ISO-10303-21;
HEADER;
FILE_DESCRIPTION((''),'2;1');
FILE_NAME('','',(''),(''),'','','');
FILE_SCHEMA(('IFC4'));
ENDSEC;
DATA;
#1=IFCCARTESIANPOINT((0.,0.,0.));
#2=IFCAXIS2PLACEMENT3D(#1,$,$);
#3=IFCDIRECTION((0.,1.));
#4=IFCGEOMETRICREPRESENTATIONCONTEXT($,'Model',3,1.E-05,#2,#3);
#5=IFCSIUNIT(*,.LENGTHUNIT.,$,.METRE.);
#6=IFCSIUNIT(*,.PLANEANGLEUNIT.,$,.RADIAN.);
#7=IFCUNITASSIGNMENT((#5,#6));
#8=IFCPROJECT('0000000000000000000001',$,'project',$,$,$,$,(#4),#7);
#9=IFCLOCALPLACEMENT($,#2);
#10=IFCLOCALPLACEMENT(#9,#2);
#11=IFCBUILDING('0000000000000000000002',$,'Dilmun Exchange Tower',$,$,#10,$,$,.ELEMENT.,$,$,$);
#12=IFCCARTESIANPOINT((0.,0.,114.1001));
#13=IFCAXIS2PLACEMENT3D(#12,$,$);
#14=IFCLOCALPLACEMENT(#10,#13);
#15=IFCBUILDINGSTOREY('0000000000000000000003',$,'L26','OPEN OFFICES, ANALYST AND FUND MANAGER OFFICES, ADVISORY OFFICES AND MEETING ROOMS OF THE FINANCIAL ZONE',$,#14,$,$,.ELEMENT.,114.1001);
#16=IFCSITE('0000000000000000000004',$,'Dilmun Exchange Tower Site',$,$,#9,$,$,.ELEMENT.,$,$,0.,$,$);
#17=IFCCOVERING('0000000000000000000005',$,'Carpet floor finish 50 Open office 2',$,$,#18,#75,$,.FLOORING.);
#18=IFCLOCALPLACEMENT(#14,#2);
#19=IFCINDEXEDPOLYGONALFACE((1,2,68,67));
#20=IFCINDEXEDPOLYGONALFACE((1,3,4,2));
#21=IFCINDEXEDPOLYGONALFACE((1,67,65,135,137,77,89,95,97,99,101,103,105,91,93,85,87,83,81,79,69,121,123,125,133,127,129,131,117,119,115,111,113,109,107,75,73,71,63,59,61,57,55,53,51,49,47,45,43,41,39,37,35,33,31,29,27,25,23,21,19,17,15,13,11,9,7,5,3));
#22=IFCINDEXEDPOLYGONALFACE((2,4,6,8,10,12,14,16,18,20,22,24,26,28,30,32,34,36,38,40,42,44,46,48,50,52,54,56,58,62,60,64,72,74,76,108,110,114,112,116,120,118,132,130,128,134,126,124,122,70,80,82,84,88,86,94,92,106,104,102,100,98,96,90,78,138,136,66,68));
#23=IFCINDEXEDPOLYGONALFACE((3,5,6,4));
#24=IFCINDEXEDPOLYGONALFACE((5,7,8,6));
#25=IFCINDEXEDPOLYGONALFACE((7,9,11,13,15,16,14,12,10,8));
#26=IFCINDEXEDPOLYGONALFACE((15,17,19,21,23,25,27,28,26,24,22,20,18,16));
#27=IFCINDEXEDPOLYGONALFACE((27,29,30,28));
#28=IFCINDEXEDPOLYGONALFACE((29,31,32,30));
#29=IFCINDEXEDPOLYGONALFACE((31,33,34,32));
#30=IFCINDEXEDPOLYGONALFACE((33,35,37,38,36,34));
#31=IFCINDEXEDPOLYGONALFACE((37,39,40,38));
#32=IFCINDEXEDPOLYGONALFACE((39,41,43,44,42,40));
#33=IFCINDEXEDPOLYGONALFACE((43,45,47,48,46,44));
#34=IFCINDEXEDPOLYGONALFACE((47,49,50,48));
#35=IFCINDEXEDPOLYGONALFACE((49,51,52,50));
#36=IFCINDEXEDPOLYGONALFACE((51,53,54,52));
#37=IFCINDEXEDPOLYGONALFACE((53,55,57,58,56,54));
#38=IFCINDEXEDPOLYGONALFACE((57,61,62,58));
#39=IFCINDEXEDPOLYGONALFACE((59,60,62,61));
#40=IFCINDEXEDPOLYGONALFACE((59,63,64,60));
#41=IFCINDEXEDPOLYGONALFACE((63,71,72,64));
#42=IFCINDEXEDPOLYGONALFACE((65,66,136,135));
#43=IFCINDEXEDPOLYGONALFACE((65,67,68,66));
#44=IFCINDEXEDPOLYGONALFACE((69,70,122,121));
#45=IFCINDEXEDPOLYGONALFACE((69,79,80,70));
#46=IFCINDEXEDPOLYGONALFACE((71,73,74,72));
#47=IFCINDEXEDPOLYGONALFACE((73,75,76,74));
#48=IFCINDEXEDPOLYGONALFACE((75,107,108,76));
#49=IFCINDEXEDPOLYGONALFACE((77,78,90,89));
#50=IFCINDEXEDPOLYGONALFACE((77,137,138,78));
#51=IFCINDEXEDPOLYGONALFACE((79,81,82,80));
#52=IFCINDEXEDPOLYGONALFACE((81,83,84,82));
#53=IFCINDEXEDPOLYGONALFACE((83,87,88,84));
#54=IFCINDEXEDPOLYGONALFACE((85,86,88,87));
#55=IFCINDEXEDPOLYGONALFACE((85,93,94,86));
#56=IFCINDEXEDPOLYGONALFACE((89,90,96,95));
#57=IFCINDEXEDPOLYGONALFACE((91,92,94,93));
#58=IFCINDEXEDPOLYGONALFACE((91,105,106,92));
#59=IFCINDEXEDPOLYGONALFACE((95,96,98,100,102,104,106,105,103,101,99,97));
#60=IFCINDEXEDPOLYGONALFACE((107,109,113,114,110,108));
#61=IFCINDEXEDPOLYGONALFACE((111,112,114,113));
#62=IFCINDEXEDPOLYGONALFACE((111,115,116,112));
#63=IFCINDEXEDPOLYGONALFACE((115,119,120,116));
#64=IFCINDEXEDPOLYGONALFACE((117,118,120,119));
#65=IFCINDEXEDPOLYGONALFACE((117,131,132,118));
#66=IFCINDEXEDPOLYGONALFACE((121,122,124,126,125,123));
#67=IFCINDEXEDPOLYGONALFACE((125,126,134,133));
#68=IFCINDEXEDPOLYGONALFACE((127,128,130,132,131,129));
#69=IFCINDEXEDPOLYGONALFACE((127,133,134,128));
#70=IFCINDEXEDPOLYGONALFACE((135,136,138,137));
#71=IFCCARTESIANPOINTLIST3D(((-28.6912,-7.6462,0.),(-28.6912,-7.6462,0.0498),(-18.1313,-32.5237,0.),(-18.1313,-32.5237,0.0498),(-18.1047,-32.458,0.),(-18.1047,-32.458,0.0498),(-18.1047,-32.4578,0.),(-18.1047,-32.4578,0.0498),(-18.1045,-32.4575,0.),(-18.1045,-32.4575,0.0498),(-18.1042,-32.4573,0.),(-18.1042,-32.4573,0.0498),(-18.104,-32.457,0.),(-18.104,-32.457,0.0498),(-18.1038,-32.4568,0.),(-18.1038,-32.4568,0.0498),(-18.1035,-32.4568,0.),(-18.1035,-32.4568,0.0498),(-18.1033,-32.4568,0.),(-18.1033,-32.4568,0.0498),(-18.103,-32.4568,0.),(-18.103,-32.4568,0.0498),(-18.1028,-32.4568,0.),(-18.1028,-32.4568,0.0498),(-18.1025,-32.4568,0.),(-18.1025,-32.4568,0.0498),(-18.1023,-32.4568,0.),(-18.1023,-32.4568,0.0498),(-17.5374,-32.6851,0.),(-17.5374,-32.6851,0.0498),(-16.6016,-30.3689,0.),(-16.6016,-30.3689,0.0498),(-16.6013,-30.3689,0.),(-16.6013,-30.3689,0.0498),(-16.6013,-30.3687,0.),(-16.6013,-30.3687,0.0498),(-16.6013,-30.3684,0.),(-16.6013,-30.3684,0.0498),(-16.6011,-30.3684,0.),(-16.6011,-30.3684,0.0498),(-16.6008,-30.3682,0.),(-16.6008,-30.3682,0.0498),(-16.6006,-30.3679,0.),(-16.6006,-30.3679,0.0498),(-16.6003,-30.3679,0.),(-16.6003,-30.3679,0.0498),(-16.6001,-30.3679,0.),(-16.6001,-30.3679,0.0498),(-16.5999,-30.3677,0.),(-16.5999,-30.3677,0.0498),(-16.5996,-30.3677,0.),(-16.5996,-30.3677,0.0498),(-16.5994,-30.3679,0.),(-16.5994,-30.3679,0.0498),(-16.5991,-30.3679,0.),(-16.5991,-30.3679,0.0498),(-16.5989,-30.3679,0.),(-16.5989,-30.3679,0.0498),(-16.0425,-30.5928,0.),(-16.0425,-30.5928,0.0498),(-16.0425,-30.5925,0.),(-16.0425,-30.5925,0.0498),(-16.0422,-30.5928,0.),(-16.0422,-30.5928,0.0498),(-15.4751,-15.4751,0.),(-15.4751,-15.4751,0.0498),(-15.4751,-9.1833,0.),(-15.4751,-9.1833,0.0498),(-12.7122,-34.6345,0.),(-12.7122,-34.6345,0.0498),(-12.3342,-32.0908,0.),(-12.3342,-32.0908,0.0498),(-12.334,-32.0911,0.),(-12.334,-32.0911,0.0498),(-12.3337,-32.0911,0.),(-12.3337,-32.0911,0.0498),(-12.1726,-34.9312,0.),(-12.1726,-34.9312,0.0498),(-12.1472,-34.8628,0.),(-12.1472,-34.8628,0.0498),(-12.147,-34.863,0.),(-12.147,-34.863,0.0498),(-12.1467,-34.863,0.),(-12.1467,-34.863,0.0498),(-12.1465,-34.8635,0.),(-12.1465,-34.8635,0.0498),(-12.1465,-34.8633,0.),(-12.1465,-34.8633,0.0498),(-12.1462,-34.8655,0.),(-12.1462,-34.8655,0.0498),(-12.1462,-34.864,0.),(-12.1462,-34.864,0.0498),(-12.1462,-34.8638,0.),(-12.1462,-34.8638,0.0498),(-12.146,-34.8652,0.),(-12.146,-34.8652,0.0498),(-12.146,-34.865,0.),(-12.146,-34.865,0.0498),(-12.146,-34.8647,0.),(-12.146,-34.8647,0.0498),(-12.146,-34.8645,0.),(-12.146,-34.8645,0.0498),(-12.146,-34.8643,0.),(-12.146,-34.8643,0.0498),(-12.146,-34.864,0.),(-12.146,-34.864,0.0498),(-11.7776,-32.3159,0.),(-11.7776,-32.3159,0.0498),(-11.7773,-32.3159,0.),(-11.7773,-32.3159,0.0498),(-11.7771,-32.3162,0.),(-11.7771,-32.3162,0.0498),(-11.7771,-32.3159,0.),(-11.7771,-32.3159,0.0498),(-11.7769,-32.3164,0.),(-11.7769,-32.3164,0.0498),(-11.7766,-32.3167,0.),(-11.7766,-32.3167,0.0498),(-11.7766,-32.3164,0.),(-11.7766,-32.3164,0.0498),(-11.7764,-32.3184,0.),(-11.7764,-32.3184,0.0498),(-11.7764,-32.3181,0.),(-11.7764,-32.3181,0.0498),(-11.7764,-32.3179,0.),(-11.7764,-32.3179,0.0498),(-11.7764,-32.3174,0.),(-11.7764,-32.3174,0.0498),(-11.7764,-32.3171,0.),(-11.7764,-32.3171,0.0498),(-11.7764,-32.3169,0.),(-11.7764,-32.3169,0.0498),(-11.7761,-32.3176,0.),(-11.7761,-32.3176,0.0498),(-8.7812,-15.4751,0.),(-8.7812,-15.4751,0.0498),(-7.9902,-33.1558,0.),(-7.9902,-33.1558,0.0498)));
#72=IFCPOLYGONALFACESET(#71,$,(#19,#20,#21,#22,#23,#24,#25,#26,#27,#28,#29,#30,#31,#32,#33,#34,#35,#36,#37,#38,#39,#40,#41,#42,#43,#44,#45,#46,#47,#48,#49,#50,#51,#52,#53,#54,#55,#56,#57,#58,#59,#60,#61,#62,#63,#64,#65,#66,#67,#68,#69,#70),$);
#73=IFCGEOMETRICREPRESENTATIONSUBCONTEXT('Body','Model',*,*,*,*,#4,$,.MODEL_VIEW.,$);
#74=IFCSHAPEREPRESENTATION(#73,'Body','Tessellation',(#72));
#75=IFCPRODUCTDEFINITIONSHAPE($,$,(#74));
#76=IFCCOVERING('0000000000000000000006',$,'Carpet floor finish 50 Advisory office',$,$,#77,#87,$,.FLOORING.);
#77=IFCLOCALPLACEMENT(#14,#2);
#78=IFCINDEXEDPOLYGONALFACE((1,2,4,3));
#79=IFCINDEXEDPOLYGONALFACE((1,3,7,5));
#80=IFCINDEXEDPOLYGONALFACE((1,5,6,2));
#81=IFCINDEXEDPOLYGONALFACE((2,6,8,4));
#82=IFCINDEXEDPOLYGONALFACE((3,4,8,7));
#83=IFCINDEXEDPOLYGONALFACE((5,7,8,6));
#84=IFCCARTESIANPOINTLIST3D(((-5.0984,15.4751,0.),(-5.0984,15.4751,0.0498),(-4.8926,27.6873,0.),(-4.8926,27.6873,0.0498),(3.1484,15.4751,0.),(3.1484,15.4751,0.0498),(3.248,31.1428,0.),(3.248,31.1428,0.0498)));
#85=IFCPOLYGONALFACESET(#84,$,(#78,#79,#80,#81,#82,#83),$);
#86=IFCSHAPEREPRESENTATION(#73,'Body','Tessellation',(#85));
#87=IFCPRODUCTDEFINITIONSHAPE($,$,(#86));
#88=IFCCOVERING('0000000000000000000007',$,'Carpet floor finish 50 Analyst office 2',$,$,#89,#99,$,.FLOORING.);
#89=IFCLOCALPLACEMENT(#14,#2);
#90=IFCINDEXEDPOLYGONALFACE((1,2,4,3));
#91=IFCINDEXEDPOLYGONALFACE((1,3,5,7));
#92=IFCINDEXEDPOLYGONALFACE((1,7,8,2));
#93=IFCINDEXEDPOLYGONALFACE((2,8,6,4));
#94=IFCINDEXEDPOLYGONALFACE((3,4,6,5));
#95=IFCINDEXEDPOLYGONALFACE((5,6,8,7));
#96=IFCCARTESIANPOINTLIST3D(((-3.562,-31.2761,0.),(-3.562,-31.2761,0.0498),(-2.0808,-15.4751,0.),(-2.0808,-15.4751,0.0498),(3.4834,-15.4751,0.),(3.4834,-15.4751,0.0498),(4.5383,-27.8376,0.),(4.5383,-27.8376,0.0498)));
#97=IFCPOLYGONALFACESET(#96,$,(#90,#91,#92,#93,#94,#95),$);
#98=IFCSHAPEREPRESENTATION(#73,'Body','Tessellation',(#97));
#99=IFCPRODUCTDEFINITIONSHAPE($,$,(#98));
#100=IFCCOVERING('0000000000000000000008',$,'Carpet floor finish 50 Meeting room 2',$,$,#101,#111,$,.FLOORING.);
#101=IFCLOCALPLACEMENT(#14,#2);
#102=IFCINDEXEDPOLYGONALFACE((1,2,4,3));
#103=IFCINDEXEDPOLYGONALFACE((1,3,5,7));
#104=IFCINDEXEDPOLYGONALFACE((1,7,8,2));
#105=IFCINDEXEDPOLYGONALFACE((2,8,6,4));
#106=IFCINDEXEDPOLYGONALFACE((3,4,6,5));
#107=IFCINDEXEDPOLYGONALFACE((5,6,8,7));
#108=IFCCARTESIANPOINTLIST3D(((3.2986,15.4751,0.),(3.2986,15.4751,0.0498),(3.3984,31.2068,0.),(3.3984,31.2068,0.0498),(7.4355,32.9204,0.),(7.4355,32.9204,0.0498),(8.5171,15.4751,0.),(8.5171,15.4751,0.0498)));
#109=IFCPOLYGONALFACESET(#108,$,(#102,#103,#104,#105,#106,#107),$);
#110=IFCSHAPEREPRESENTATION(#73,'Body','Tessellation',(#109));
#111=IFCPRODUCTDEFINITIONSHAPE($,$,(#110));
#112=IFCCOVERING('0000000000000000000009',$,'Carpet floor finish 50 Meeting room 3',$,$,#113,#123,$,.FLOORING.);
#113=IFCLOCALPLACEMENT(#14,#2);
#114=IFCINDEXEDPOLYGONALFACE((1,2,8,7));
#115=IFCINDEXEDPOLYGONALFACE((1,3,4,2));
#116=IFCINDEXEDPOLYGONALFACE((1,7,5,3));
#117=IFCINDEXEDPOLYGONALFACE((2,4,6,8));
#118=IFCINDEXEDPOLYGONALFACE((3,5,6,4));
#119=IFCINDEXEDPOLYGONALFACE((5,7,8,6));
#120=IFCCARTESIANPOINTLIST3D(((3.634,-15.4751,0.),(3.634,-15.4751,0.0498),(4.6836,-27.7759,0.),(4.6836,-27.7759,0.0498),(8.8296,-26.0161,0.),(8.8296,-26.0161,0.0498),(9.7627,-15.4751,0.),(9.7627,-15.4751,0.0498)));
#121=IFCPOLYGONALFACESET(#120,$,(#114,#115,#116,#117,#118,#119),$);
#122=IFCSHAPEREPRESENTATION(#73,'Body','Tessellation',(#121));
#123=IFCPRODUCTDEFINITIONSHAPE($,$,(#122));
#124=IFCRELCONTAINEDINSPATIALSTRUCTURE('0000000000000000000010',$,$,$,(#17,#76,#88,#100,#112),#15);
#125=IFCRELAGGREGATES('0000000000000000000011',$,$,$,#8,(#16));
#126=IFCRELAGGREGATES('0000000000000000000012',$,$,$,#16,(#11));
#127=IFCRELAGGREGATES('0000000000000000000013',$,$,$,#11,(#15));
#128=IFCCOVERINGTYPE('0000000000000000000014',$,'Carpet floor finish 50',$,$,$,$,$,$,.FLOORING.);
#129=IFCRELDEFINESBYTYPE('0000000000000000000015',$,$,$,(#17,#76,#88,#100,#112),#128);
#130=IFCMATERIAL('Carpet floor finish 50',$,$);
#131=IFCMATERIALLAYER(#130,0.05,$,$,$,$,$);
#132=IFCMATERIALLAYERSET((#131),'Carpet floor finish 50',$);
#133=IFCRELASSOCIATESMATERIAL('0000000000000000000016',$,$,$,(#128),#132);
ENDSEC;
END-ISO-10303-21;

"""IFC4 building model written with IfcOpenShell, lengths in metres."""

from ifc_helpers import new_model, si_unit, direction, frame, origin, place, context, subcontext, project, spatial, polyline, outline, extrude, material, layer, layer_set, type_object, element, save


model = new_model("IFC4")

# Units and contexts
model_context = context("Model", 3, precision=1e-05, world=origin(), true_north=direction((0.0, 1.0)))
body_context = subcontext(model_context, "Body", "Model", "MODEL_VIEW")
ifc_project = project(units=[si_unit("LENGTHUNIT", "METRE"), si_unit("PLANEANGLEUNIT", "RADIAN")], contexts=[model_context])

# Site, building, storey
site_placement = place(None, origin())
site = spatial("IfcSite", under=ifc_project, at=site_placement, Name="Dilmun Exchange Tower Site", CompositionType="ELEMENT", RefElevation=0.0)
building_placement = place(site_placement, origin())
building = spatial("IfcBuilding", under=site, at=building_placement, Name="Dilmun Exchange Tower", CompositionType="ELEMENT")
storey_placement = place(building_placement, frame((0.0, 0.0, 114.1001)))
storey = spatial("IfcBuildingStorey", under=building, at=storey_placement, Name="L26", Description="OPEN OFFICES, ANALYST AND FUND MANAGER OFFICES, ADVISORY OFFICES AND MEETING ROOMS OF THE FINANCIAL ZONE", CompositionType="ELEMENT", Elevation=114.1001)

# Coverings
ifc_material_1 = material(Name="Carpet floor finish 50")
ifc_layer_1 = layer(ifc_material_1, 0.05)
ifc_layer_set_1 = layer_set([ifc_layer_1], Name="Carpet floor finish 50")
covering_type_1 = type_object("IfcCoveringType", Name="Carpet floor finish 50", PredefinedType="FLOORING", material=ifc_layer_set_1)
covering_1_placement = place(storey_placement, origin())
element("IfcCovering", 1, at=covering_1_placement, inside=storey, type_object=covering_type_1, Name="Carpet floor finish 50 Open office 2", PredefinedType="FLOORING", context=body_context, shape_type="SweptSolid", body=[
    extrude(outline(polyline([(-15.4751, -9.1833), (-15.4751, -15.4751), (-8.7812, -15.4751), (-7.9902, -33.1558), (-12.1726, -34.9312), (-12.1462, -34.8655), (-12.146, -34.8652), (-12.146, -34.865), (-12.146, -34.8647), (-12.146, -34.8645), (-12.146, -34.8645), (-12.146, -34.8643), (-12.146, -34.864), (-12.1462, -34.864), (-12.1462, -34.8638), (-12.1465, -34.8635), (-12.1465, -34.8633), (-12.1465, -34.8633), (-12.1467, -34.863), (-12.147, -34.863), (-12.1472, -34.8628), (-12.1472, -34.8628), (-12.7122, -34.6345), (-11.7764, -32.3184), (-11.7764, -32.3184), (-11.7764, -32.3181), (-11.7764, -32.3179), (-11.7761, -32.3176), (-11.7764, -32.3174), (-11.7764, -32.3174), (-11.7764, -32.3171), (-11.7764, -32.3169), (-11.7766, -32.3167), (-11.7766, -32.3167), (-11.7766, -32.3164), (-11.7769, -32.3164), (-11.7771, -32.3162), (-11.7771, -32.3159), (-11.7773, -32.3159), (-11.7776, -32.3159), (-12.3337, -32.0911), (-12.334, -32.0911), (-12.3342, -32.0908), (-12.3342, -32.0908), (-16.0422, -30.5928), (-16.0422, -30.5928), (-16.0425, -30.5928), (-16.0425, -30.5925), (-16.5989, -30.3679), (-16.5991, -30.3679), (-16.5994, -30.3679), (-16.5996, -30.3677), (-16.5996, -30.3677), (-16.5999, -30.3677), (-16.6001, -30.3679), (-16.6003, -30.3679), (-16.6003, -30.3679), (-16.6006, -30.3679), (-16.6008, -30.3682), (-16.6008, -30.3682), (-16.6011, -30.3684), (-16.6013, -30.3684), (-16.6013, -30.3687), (-16.6013, -30.3689), (-16.6016, -30.3689), (-17.5374, -32.6851), (-18.1023, -32.4568), (-18.1023, -32.4568), (-18.1025, -32.4568), (-18.1028, -32.4568), (-18.1028, -32.4568), (-18.103, -32.4568), (-18.1033, -32.4568), (-18.1035, -32.4568), (-18.1038, -32.4568), (-18.104, -32.457), (-18.104, -32.457), (-18.1042, -32.4573), (-18.1042, -32.4573), (-18.1045, -32.4575), (-18.1045, -32.4575), (-18.1047, -32.4578), (-18.1047, -32.458), (-18.1313, -32.5237), (-28.6912, -7.6462), (-15.4751, -9.1833)])), origin(), (0.0, 0.0, 1.0), 0.0498),
])
covering_2_placement = place(storey_placement, origin())
element("IfcCovering", 2, at=covering_2_placement, inside=storey, type_object=covering_type_1, Name="Carpet floor finish 50 Advisory office", PredefinedType="FLOORING", context=body_context, shape_type="SweptSolid", body=[
    extrude(outline(polyline([(3.1484, 15.4751), (-5.0984, 15.4751), (-4.8926, 27.6873), (3.248, 31.1428), (3.1484, 15.4751)])), origin(), (0.0, 0.0, 1.0), 0.0498),
])
covering_3_placement = place(storey_placement, origin())
element("IfcCovering", 3, at=covering_3_placement, inside=storey, type_object=covering_type_1, Name="Carpet floor finish 50 Analyst office 2", PredefinedType="FLOORING", context=body_context, shape_type="SweptSolid", body=[
    extrude(outline(polyline([(-2.0808, -15.4751), (3.4834, -15.4751), (4.5383, -27.8376), (-3.562, -31.2761), (-2.0808, -15.4751)])), origin(), (0.0, 0.0, 1.0), 0.0498),
])
covering_4_placement = place(storey_placement, origin())
element("IfcCovering", 4, at=covering_4_placement, inside=storey, type_object=covering_type_1, Name="Carpet floor finish 50 Meeting room 2", PredefinedType="FLOORING", context=body_context, shape_type="SweptSolid", body=[
    extrude(outline(polyline([(8.5171, 15.4751), (3.2986, 15.4751), (3.3984, 31.2068), (7.4355, 32.9204), (8.5171, 15.4751)])), origin(), (0.0, 0.0, 1.0), 0.0498),
])
covering_5_placement = place(storey_placement, origin())
element("IfcCovering", 5, at=covering_5_placement, inside=storey, type_object=covering_type_1, Name="Carpet floor finish 50 Meeting room 3", PredefinedType="FLOORING", context=body_context, shape_type="SweptSolid", body=[
    extrude(outline(polyline([(3.634, -15.4751), (9.7627, -15.4751), (8.8296, -26.0161), (4.6836, -27.7759), (3.634, -15.4751)])), origin(), (0.0, 0.0, 1.0), 0.0498),
])

save(model, "model.ifc")
